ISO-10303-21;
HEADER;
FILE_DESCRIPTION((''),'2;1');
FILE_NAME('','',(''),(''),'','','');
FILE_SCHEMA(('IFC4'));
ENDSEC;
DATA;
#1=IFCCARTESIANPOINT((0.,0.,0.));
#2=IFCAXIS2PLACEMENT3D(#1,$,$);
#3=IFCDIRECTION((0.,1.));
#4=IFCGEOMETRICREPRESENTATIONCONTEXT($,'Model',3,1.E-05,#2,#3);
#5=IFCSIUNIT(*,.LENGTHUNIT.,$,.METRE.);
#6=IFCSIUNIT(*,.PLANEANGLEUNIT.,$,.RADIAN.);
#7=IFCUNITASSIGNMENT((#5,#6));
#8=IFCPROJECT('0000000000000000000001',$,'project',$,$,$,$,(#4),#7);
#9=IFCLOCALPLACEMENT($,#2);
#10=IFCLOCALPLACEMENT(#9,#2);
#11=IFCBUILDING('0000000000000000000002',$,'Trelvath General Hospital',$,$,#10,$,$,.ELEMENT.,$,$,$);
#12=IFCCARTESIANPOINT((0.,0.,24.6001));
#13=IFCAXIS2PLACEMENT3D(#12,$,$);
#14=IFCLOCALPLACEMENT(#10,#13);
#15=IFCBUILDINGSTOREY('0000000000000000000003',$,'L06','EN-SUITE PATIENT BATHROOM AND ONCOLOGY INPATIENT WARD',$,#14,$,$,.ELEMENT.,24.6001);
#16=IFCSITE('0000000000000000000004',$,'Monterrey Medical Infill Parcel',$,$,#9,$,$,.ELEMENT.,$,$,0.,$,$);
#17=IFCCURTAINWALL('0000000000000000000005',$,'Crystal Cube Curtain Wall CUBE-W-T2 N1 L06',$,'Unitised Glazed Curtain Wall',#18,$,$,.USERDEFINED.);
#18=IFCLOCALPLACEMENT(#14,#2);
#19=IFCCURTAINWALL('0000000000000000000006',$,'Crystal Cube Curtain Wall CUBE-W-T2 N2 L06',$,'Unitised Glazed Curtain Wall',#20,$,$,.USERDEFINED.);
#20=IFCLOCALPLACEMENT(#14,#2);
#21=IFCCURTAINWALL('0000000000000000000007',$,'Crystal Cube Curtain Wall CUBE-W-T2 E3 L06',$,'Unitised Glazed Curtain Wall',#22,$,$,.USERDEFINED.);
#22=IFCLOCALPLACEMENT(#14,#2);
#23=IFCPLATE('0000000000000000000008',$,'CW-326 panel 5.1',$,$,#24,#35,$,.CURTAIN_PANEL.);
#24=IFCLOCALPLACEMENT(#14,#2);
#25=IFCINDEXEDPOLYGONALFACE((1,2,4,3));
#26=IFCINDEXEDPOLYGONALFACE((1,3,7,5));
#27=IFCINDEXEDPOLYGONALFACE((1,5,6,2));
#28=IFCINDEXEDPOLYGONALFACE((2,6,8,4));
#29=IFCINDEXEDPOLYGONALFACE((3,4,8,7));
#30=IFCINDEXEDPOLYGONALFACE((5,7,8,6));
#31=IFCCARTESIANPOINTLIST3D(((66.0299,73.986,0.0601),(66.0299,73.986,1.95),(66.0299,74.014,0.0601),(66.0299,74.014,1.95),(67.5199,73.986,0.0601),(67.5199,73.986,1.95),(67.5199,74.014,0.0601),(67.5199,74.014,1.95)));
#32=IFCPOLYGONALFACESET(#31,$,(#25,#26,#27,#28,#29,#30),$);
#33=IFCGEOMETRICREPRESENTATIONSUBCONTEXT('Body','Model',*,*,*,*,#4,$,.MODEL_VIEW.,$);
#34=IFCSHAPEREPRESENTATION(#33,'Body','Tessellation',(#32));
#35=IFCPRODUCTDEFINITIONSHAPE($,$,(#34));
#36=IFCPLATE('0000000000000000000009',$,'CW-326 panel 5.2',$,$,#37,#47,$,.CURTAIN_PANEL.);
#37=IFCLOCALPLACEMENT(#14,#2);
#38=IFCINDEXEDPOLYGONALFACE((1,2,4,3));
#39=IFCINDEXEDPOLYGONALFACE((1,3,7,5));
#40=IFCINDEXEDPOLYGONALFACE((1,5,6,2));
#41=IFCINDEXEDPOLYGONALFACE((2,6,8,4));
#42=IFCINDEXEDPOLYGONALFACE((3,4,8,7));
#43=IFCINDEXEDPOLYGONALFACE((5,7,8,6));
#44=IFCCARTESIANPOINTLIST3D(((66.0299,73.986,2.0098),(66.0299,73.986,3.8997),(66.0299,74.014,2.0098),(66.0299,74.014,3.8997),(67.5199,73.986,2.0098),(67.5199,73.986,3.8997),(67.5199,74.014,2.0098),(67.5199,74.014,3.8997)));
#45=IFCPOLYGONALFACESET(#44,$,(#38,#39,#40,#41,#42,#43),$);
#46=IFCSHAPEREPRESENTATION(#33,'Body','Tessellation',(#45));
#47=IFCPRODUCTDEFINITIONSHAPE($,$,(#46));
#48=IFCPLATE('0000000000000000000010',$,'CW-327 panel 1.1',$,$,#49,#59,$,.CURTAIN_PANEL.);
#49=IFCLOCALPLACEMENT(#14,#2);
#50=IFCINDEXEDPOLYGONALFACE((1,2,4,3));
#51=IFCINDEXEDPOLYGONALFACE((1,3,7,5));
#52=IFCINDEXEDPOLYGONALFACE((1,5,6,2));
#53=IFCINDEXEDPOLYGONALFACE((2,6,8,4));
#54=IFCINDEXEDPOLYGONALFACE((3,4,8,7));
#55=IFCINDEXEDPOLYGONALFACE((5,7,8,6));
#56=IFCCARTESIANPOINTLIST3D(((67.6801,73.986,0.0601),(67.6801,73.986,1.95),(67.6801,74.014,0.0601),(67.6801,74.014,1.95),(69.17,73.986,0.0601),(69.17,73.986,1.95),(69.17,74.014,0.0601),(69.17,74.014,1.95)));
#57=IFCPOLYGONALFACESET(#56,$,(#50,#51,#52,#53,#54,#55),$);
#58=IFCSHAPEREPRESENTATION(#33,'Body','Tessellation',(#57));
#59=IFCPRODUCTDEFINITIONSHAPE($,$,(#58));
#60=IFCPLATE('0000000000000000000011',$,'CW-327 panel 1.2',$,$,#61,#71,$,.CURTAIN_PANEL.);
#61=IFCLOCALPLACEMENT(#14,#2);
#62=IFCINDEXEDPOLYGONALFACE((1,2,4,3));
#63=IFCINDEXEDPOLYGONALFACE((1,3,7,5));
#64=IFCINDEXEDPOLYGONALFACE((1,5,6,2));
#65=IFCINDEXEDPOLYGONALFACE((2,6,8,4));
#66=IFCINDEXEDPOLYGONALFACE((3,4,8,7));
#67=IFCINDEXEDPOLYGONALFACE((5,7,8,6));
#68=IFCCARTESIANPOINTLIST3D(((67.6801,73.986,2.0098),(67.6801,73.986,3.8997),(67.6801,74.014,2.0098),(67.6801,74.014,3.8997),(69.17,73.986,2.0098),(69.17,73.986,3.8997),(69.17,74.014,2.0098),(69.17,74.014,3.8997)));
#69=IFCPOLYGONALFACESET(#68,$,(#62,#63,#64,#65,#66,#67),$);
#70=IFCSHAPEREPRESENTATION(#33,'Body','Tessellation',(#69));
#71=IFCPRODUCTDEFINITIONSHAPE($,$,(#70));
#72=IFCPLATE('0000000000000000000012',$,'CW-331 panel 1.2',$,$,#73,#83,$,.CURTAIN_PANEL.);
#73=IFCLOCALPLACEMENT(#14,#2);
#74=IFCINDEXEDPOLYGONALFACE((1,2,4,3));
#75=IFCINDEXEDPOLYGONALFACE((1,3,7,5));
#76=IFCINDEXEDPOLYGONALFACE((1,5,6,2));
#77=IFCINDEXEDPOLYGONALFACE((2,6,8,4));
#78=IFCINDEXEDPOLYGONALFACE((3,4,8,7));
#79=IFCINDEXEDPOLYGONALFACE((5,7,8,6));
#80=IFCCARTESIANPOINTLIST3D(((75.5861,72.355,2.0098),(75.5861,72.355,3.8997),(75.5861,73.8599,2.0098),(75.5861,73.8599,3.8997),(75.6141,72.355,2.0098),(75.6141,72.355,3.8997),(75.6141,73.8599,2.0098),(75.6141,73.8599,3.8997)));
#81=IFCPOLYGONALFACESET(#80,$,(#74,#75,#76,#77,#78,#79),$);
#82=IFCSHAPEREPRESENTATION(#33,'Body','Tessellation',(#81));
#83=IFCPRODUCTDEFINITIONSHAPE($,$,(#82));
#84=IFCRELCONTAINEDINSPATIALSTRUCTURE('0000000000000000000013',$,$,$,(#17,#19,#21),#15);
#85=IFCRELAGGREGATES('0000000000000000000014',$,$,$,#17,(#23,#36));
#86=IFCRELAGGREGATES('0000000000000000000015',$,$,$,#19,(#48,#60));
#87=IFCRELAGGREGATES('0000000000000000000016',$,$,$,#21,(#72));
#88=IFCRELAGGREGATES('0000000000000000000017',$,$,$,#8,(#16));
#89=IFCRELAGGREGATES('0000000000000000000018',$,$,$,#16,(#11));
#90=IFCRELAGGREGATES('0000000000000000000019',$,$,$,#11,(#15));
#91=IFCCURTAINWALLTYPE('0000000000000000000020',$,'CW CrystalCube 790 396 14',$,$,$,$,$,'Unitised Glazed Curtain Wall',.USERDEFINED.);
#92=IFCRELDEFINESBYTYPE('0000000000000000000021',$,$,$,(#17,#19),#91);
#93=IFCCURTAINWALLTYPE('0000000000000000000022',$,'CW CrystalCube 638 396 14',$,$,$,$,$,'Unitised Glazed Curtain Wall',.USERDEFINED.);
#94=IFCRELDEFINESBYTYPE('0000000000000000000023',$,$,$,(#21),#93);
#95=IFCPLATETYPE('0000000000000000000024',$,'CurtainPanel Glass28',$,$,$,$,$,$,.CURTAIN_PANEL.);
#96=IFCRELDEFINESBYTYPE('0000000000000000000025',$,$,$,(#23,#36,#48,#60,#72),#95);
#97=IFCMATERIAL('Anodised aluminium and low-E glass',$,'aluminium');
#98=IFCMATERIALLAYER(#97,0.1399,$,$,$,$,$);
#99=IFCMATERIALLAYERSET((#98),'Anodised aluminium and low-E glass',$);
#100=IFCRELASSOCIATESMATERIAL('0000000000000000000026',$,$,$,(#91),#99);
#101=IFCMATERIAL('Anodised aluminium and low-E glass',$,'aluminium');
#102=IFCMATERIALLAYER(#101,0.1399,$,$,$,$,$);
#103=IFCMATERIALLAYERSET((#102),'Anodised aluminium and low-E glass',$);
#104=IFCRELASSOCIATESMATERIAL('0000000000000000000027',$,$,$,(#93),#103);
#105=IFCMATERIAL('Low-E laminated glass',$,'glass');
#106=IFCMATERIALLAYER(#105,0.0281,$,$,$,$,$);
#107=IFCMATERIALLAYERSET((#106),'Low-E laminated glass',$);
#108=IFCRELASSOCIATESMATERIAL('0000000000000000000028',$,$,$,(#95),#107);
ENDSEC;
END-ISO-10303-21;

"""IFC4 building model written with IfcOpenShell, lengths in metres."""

from ifc_helpers import new_model, si_unit, direction, frame, origin, origin_2d, place, context, subcontext, project, spatial, rectangle, extrude, material, layer, layer_set, type_object, element, aggregate, save


model = new_model("IFC4")

# Units and contexts
model_context = context("Model", 3, precision=1e-05, world=origin(), true_north=direction((0.0, 1.0)))
body_context = subcontext(model_context, "Body", "Model", "MODEL_VIEW")
ifc_project = project(units=[si_unit("LENGTHUNIT", "METRE"), si_unit("PLANEANGLEUNIT", "RADIAN")], contexts=[model_context])

# Site, building, storey
site_placement = place(None, origin())
site = spatial("IfcSite", under=ifc_project, at=site_placement, Name="Monterrey Medical Infill Parcel", CompositionType="ELEMENT", RefElevation=0.0)
building_placement = place(site_placement, origin())
building = spatial("IfcBuilding", under=site, at=building_placement, Name="Trelvath General Hospital", CompositionType="ELEMENT")
storey_placement = place(building_placement, frame((0.0, 0.0, 24.6001)))
storey = spatial("IfcBuildingStorey", under=building, at=storey_placement, Name="L06", Description="EN-SUITE PATIENT BATHROOM AND ONCOLOGY INPATIENT WARD", CompositionType="ELEMENT", Elevation=24.6001)

# Curtain walls
ifc_material_1 = material(Name="Anodised aluminium and low-E glass", Category="aluminium")
ifc_layer_1 = layer(ifc_material_1, 0.1399)
ifc_layer_set_1 = layer_set([ifc_layer_1], Name="Anodised aluminium and low-E glass")
curtain_wall_type_1 = type_object("IfcCurtainWallType", Name="CW CrystalCube 790 396 14", ElementType="Unitised Glazed Curtain Wall", PredefinedType="USERDEFINED", material=ifc_layer_set_1)
curtain_wall_1_placement = place(storey_placement, origin())
curtain_wall_1 = element("IfcCurtainWall", 1, at=curtain_wall_1_placement, inside=storey, type_object=curtain_wall_type_1, Name="Crystal Cube Curtain Wall CUBE-W-T2 N1 L06", ObjectType="Unitised Glazed Curtain Wall", PredefinedType="USERDEFINED")
curtain_wall_2_placement = place(storey_placement, origin())
curtain_wall_2 = element("IfcCurtainWall", 2, at=curtain_wall_2_placement, inside=storey, type_object=curtain_wall_type_1, Name="Crystal Cube Curtain Wall CUBE-W-T2 N2 L06", ObjectType="Unitised Glazed Curtain Wall", PredefinedType="USERDEFINED")

# Curtain wall
ifc_material_2 = material(Name="Anodised aluminium and low-E glass", Category="aluminium")
ifc_layer_2 = layer(ifc_material_2, 0.1399)
ifc_layer_set_2 = layer_set([ifc_layer_2], Name="Anodised aluminium and low-E glass")
curtain_wall_type_2 = type_object("IfcCurtainWallType", Name="CW CrystalCube 638 396 14", ElementType="Unitised Glazed Curtain Wall", PredefinedType="USERDEFINED", material=ifc_layer_set_2)
curtain_wall_3_placement = place(storey_placement, origin())
curtain_wall_3 = element("IfcCurtainWall", 3, at=curtain_wall_3_placement, inside=storey, type_object=curtain_wall_type_2, Name="Crystal Cube Curtain Wall CUBE-W-T2 E3 L06", ObjectType="Unitised Glazed Curtain Wall", PredefinedType="USERDEFINED")

# Plates
ifc_material_3 = material(Name="Low-E laminated glass", Category="glass")
ifc_layer_3 = layer(ifc_material_3, 0.0281)
ifc_layer_set_3 = layer_set([ifc_layer_3], Name="Low-E laminated glass")
plate_type = type_object("IfcPlateType", Name="CurtainPanel Glass28", PredefinedType="CURTAIN_PANEL", material=ifc_layer_set_3)
plate_1_placement = place(storey_placement, frame((66.7749, 74.0, 0.0601), z_axis=(0.0, 0.0, 1.0), x_axis=(1.0, 0.0, 0.0)))
plate_1 = element("IfcPlate", 4, at=plate_1_placement, type_object=plate_type, Name="CW-326 panel 5.1", PredefinedType="CURTAIN_PANEL", context=body_context, shape_type="SweptSolid", body=[
    extrude(rectangle(XDim=1.49, YDim=0.0281, at=origin_2d()), origin(), (0.0, 0.0, 1.0), 1.8899),
])
plate_2_placement = place(storey_placement, frame((66.7749, 74.0, 2.0098), z_axis=(0.0, 0.0, 1.0), x_axis=(1.0, 0.0, 0.0)))
plate_2 = element("IfcPlate", 5, at=plate_2_placement, type_object=plate_type, Name="CW-326 panel 5.2", PredefinedType="CURTAIN_PANEL", context=body_context, shape_type="SweptSolid", body=[
    extrude(rectangle(XDim=1.49, YDim=0.0281, at=origin_2d()), origin(), (0.0, 0.0, 1.0), 1.8899),
])
aggregate(curtain_wall_1, [plate_1, plate_2])
plate_3_placement = place(storey_placement, frame((68.425, 74.0, 0.0601), z_axis=(0.0, 0.0, 1.0), x_axis=(1.0, 0.0, 0.0)))
plate_3 = element("IfcPlate", 6, at=plate_3_placement, type_object=plate_type, Name="CW-327 panel 1.1", PredefinedType="CURTAIN_PANEL", context=body_context, shape_type="SweptSolid", body=[
    extrude(rectangle(XDim=1.49, YDim=0.0281, at=origin_2d()), origin(), (0.0, 0.0, 1.0), 1.8899),
])
plate_4_placement = place(storey_placement, frame((68.425, 74.0, 2.0098), z_axis=(0.0, 0.0, 1.0), x_axis=(1.0, 0.0, 0.0)))
plate_4 = element("IfcPlate", 7, at=plate_4_placement, type_object=plate_type, Name="CW-327 panel 1.2", PredefinedType="CURTAIN_PANEL", context=body_context, shape_type="SweptSolid", body=[
    extrude(rectangle(XDim=1.49, YDim=0.0281, at=origin_2d()), origin(), (0.0, 0.0, 1.0), 1.8899),
])
aggregate(curtain_wall_2, [plate_3, plate_4])
plate_5_placement = place(storey_placement, frame((75.6001, 73.1074, 2.0098), z_axis=(0.0, 0.0, 1.0), x_axis=(0.0, -1.0, 0.0)))
plate_5 = element("IfcPlate", 8, at=plate_5_placement, type_object=plate_type, Name="CW-331 panel 1.2", PredefinedType="CURTAIN_PANEL", context=body_context, shape_type="SweptSolid", body=[
    extrude(rectangle(XDim=1.5049, YDim=0.0281, at=origin_2d()), origin(), (0.0, 0.0, 1.0), 1.8899),
])
aggregate(curtain_wall_3, [plate_5])

save(model, "model.ifc")
